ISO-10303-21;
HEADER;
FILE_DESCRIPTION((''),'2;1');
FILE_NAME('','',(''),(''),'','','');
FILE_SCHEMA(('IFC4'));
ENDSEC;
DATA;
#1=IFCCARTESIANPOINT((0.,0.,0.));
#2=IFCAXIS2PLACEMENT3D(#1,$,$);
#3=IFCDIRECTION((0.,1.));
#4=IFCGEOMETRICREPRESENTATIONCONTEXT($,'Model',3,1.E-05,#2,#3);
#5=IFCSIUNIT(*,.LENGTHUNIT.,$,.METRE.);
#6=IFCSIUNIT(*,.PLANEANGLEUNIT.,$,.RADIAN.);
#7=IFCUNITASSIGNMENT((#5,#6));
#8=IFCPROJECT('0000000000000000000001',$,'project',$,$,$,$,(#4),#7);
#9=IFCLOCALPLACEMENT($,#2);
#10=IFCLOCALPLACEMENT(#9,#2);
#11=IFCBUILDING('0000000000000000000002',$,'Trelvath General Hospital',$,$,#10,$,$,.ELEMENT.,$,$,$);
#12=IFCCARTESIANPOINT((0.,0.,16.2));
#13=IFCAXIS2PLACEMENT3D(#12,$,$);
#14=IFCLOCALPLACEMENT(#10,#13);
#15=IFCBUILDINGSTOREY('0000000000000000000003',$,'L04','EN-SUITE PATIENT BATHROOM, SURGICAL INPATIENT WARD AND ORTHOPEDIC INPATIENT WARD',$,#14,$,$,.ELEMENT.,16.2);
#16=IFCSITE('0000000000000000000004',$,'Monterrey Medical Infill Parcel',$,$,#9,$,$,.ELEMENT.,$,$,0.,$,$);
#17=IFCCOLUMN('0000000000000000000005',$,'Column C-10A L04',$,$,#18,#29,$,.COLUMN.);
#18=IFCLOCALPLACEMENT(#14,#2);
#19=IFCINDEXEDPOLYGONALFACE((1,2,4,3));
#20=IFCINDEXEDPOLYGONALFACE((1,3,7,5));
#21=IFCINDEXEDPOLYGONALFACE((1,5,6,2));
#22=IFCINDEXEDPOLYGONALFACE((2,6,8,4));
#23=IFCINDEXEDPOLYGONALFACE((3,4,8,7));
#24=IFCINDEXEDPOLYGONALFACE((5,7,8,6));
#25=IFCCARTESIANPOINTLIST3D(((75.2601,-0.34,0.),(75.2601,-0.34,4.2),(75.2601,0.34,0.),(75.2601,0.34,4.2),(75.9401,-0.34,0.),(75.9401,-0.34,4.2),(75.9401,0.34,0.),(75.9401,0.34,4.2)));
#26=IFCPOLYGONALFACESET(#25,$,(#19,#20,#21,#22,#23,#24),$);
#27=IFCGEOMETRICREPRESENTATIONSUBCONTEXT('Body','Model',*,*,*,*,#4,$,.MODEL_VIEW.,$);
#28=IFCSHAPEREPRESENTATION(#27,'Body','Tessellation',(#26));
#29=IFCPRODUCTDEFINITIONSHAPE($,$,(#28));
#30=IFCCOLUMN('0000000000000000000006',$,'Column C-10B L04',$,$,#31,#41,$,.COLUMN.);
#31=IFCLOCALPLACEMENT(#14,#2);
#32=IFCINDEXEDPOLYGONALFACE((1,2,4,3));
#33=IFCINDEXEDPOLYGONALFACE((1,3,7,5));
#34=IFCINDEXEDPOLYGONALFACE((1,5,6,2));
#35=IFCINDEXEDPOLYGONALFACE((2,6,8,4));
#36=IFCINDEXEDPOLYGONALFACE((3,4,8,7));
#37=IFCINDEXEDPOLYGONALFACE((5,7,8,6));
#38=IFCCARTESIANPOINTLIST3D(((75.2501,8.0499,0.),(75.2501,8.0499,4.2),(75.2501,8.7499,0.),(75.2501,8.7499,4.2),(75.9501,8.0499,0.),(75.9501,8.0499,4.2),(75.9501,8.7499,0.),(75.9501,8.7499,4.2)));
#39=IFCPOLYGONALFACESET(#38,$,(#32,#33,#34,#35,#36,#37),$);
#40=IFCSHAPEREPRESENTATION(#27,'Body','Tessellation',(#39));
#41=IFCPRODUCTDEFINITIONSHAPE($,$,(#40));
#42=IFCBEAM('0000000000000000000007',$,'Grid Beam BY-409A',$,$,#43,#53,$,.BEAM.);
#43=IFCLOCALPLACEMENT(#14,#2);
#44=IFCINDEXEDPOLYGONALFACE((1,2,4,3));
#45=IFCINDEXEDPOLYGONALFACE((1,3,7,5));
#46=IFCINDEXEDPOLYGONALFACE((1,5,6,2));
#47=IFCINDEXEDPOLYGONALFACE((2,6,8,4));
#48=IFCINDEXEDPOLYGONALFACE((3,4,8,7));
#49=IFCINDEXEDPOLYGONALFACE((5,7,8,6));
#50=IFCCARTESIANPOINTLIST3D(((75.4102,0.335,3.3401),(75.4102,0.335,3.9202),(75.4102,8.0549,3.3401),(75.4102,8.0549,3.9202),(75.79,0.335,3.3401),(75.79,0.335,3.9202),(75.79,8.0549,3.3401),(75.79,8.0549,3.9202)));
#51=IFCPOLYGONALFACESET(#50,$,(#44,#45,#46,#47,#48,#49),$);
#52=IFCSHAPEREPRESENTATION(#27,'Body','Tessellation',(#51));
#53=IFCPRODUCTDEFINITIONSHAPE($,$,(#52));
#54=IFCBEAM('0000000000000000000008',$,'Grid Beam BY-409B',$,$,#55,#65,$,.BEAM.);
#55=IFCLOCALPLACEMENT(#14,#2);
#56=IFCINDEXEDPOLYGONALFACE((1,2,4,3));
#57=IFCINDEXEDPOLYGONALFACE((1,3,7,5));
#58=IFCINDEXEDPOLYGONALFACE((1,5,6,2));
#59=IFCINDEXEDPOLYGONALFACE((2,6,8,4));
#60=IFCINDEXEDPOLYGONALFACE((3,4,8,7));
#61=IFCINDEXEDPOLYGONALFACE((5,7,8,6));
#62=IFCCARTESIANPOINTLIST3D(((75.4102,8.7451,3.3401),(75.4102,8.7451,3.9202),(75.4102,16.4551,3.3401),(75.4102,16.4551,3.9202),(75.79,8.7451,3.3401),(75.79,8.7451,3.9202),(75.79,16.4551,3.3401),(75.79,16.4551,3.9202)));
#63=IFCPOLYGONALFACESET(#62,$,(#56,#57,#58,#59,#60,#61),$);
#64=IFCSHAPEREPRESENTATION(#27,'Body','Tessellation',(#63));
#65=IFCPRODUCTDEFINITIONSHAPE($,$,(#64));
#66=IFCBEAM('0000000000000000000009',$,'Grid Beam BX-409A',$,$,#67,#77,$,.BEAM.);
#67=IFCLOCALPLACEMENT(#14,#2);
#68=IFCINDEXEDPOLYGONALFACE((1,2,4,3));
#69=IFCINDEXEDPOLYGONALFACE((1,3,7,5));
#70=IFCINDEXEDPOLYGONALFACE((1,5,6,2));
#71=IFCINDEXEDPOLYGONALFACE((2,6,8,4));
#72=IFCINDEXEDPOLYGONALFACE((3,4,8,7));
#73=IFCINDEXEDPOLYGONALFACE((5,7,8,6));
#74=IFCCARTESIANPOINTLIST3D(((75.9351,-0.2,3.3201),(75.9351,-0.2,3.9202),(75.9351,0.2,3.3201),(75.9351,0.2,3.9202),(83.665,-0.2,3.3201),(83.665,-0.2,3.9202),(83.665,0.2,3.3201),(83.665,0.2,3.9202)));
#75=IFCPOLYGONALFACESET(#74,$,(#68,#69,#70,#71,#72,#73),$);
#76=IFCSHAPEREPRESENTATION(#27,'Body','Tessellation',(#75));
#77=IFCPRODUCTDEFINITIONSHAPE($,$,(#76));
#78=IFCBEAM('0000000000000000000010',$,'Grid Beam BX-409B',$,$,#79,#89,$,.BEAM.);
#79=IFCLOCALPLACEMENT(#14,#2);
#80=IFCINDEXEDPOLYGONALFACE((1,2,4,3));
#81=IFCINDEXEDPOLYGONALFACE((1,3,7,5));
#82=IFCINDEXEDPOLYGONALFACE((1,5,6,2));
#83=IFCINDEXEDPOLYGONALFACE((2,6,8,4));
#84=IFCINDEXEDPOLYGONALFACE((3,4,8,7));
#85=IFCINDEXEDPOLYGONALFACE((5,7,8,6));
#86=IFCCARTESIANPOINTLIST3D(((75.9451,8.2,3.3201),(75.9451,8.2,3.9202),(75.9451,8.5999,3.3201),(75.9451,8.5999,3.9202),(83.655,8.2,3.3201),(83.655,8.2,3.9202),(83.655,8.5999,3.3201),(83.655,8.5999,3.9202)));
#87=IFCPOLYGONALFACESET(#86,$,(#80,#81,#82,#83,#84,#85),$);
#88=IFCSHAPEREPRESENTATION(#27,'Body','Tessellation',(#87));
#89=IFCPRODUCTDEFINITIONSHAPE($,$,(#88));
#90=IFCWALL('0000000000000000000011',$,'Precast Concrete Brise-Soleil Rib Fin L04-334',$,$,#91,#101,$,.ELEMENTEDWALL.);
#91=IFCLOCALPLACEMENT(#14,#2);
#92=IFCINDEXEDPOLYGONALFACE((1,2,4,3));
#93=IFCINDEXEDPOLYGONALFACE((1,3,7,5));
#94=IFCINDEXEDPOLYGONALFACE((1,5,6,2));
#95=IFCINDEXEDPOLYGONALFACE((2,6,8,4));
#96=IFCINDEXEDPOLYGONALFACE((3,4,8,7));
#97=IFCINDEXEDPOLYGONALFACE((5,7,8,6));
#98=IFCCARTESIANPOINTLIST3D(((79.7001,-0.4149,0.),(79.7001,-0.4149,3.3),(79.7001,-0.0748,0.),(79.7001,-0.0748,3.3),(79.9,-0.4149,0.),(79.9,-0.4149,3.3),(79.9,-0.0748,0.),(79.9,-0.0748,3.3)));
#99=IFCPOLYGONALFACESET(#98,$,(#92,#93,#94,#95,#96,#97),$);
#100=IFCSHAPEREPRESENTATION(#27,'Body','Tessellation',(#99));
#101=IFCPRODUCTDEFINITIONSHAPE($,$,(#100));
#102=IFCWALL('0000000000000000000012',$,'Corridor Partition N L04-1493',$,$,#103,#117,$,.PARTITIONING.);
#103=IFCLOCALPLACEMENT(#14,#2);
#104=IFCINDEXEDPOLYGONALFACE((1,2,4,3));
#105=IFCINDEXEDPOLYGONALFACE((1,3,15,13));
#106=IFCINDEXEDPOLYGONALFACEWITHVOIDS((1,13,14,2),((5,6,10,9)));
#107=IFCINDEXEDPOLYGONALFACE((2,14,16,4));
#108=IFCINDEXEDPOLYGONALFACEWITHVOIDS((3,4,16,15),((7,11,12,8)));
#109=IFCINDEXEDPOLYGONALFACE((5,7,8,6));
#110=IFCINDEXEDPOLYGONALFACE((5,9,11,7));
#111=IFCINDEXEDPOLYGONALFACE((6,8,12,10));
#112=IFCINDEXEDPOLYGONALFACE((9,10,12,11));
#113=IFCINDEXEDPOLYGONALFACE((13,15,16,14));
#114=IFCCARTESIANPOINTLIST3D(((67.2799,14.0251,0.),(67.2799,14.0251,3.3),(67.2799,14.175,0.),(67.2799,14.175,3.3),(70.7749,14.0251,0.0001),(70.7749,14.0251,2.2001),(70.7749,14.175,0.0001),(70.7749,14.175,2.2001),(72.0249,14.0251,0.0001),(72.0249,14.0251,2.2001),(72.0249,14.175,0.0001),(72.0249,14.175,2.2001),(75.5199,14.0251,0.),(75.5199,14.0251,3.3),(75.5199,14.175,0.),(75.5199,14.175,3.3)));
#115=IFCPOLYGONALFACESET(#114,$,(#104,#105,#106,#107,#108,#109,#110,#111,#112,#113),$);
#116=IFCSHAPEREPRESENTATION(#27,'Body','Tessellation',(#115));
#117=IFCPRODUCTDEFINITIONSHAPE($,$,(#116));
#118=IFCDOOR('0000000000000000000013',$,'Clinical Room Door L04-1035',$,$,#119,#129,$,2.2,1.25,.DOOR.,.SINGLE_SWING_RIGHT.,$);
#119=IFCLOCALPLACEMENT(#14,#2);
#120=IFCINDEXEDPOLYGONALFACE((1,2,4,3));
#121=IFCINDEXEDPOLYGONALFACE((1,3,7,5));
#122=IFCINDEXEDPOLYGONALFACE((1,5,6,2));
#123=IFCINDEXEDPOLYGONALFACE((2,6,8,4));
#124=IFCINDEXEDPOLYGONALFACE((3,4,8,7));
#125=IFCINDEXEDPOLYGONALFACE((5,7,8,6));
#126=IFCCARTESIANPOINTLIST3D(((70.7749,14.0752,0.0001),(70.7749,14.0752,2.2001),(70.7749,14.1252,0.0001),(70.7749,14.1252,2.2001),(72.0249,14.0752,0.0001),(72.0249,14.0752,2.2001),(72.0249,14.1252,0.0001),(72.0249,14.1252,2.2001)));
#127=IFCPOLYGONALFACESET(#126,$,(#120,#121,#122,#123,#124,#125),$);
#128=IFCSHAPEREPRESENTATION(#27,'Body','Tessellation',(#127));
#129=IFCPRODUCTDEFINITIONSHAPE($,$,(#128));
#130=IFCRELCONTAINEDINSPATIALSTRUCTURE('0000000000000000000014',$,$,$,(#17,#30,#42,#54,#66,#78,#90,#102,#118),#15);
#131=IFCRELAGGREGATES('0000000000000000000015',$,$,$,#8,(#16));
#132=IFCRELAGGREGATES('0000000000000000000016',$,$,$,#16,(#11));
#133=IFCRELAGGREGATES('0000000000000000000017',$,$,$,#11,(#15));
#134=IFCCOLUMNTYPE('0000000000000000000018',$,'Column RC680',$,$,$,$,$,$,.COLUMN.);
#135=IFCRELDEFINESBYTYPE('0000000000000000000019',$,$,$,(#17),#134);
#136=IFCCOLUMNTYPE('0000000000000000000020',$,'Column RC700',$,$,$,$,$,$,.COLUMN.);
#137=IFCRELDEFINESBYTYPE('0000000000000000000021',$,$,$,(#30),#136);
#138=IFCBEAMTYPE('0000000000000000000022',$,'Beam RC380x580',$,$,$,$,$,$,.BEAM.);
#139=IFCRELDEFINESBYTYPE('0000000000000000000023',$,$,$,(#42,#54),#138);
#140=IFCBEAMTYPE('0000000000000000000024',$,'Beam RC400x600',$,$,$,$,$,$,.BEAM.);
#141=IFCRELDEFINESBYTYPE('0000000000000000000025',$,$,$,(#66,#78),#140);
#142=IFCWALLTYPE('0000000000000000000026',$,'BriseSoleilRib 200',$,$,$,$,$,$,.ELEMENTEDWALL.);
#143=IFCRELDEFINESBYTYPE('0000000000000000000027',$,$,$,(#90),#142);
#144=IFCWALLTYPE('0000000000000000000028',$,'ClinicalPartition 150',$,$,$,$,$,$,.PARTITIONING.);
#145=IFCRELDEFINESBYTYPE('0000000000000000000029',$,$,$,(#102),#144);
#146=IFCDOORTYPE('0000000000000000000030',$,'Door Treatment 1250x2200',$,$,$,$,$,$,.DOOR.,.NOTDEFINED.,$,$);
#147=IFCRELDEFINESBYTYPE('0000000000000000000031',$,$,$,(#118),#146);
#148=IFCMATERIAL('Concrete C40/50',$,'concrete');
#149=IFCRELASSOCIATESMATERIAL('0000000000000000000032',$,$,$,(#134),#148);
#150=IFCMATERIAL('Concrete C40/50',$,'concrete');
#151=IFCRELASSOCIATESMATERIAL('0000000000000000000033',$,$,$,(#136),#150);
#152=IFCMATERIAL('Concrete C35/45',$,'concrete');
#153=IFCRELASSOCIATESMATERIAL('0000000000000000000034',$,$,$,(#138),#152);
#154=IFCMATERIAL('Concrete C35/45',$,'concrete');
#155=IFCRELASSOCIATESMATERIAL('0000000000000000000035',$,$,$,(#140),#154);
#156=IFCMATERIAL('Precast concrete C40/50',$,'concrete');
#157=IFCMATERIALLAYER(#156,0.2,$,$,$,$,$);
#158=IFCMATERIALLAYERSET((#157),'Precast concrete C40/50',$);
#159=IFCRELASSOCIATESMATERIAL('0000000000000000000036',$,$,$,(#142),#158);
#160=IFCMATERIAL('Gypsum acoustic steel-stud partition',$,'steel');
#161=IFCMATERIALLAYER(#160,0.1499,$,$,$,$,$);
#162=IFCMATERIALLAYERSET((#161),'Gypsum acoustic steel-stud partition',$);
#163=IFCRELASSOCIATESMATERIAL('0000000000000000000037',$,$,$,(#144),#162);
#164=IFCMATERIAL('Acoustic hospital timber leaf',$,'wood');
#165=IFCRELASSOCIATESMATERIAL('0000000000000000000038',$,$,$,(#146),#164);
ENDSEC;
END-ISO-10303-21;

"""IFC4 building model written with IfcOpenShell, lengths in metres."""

from ifc_helpers import new_model, si_unit, direction, frame, frame_2d, origin, origin_2d, place, context, subcontext, project, spatial, rectangle, extrude, material, layer, layer_set, material_profile, profile_set, type_object, element, fill, save


model = new_model("IFC4")

# Units and contexts
model_context = context("Model", 3, precision=1e-05, world=origin(), true_north=direction((0.0, 1.0)))
body_context = subcontext(model_context, "Body", "Model", "MODEL_VIEW")
ifc_project = project(units=[si_unit("LENGTHUNIT", "METRE"), si_unit("PLANEANGLEUNIT", "RADIAN")], contexts=[model_context])

# Site, building, storey
site_placement = place(None, origin())
site = spatial("IfcSite", under=ifc_project, at=site_placement, Name="Monterrey Medical Infill Parcel", CompositionType="ELEMENT", RefElevation=0.0)
building_placement = place(site_placement, origin())
building = spatial("IfcBuilding", under=site, at=building_placement, Name="Trelvath General Hospital", CompositionType="ELEMENT")
storey_placement = place(building_placement, frame((0.0, 0.0, 16.2)))
storey = spatial("IfcBuildingStorey", under=building, at=storey_placement, Name="L04", Description="EN-SUITE PATIENT BATHROOM, SURGICAL INPATIENT WARD AND ORTHOPEDIC INPATIENT WARD", CompositionType="ELEMENT", Elevation=16.2)

# Columns
ifc_material_1 = material(Name="Concrete C40/50", Category="concrete")
ifc_material_profile_1 = material_profile(ifc_material_1, rectangle(XDim=0.6799, YDim=0.6799, at=origin_2d()), Name="RC680x680")
ifc_profile_set_1 = profile_set([ifc_material_profile_1], Name="Concrete C40/50")
column_type_1 = type_object("IfcColumnType", Name="Column RC680", PredefinedType="COLUMN", material=ifc_profile_set_1)
column_1_placement = place(storey_placement, frame((75.6001, 0.0, 0.0), z_axis=(0.0, 0.0, 1.0), x_axis=(1.0, 0.0, 0.0)))
element("IfcColumn", 1, at=column_1_placement, inside=storey, type_object=column_type_1, Name="Column C-10A L04", PredefinedType="COLUMN", context=body_context, shape_type="SweptSolid", body=[
    extrude(rectangle(XDim=0.6799, YDim=0.6799, at=origin_2d()), origin(), (0.0, 0.0, 1.0), 4.2),
])
ifc_material_2 = material(Name="Concrete C40/50", Category="concrete")
ifc_material_profile_2 = material_profile(ifc_material_2, rectangle(XDim=0.7, YDim=0.7, at=origin_2d()), Name="RC700x700")
ifc_profile_set_2 = profile_set([ifc_material_profile_2], Name="Concrete C40/50")
column_type_2 = type_object("IfcColumnType", Name="Column RC700", PredefinedType="COLUMN", material=ifc_profile_set_2)
column_2_placement = place(storey_placement, frame((75.6001, 8.3999, 0.0), z_axis=(0.0, 0.0, 1.0), x_axis=(1.0, 0.0, 0.0)))
element("IfcColumn", 2, at=column_2_placement, inside=storey, type_object=column_type_2, Name="Column C-10B L04", PredefinedType="COLUMN", context=body_context, shape_type="SweptSolid", body=[
    extrude(rectangle(XDim=0.7, YDim=0.7, at=origin_2d()), origin(), (0.0, 0.0, 1.0), 4.2),
])

# Beams
ifc_material_3 = material(Name="Concrete C35/45", Category="concrete")
ifc_material_profile_3 = material_profile(ifc_material_3, rectangle(XDim=0.3799, YDim=0.5801, at=origin_2d()), Name="RCB380x580")
ifc_profile_set_3 = profile_set([ifc_material_profile_3], Name="Concrete C35/45")
beam_type_1 = type_object("IfcBeamType", Name="Beam RC380x580", PredefinedType="BEAM", material=ifc_profile_set_3)
beam_1_placement = place(storey_placement, frame((75.6001, 0.335, 3.6301), z_axis=(0.0, 1.0, 0.0), x_axis=(-1.0, 0.0, 0.0)))
element("IfcBeam", 3, at=beam_1_placement, inside=storey, type_object=beam_type_1, Name="Grid Beam BY-409A", PredefinedType="BEAM", context=body_context, shape_type="SweptSolid", body=[
    extrude(rectangle(XDim=0.3799, YDim=0.5801, at=origin_2d()), origin(), (0.0, 0.0, 1.0), 7.72),
])
beam_2_placement = place(storey_placement, frame((75.6001, 8.7451, 3.6301), z_axis=(0.0, 1.0, 0.0), x_axis=(-1.0, 0.0, 0.0)))
element("IfcBeam", 4, at=beam_2_placement, inside=storey, type_object=beam_type_1, Name="Grid Beam BY-409B", PredefinedType="BEAM", context=body_context, shape_type="SweptSolid", body=[
    extrude(rectangle(XDim=0.3799, YDim=0.5801, at=origin_2d()), origin(), (0.0, 0.0, 1.0), 7.71),
])
ifc_material_4 = material(Name="Concrete C35/45", Category="concrete")
ifc_material_profile_4 = material_profile(ifc_material_4, rectangle(XDim=0.3999, YDim=0.6001, at=origin_2d()), Name="RCB400x600")
ifc_profile_set_4 = profile_set([ifc_material_profile_4], Name="Concrete C35/45")
beam_type_2 = type_object("IfcBeamType", Name="Beam RC400x600", PredefinedType="BEAM", material=ifc_profile_set_4)
beam_3_placement = place(storey_placement, frame((75.9351, 0.0, 3.6201), z_axis=(1.0, 0.0, 0.0), x_axis=(0.0, 1.0, 0.0)))
element("IfcBeam", 5, at=beam_3_placement, inside=storey, type_object=beam_type_2, Name="Grid Beam BX-409A", PredefinedType="BEAM", context=body_context, shape_type="SweptSolid", body=[
    extrude(rectangle(XDim=0.3999, YDim=0.6001, at=origin_2d()), origin(), (0.0, 0.0, 1.0), 7.73),
])
beam_4_placement = place(storey_placement, frame((75.9451, 8.3999, 3.6201), z_axis=(1.0, 0.0, 0.0), x_axis=(0.0, 1.0, 0.0)))
element("IfcBeam", 6, at=beam_4_placement, inside=storey, type_object=beam_type_2, Name="Grid Beam BX-409B", PredefinedType="BEAM", context=body_context, shape_type="SweptSolid", body=[
    extrude(rectangle(XDim=0.3999, YDim=0.6001, at=origin_2d()), origin(), (0.0, 0.0, 1.0), 7.71),
])

# Wall
ifc_material_5 = material(Name="Precast concrete C40/50", Category="concrete")
ifc_layer_1 = layer(ifc_material_5, 0.2)
ifc_layer_set_1 = layer_set([ifc_layer_1], Name="Precast concrete C40/50")
wall_type_1 = type_object("IfcWallType", Name="BriseSoleilRib 200", PredefinedType="ELEMENTEDWALL", material=ifc_layer_set_1)
wall_1_placement = place(storey_placement, frame((79.8, -0.075, 0.0), z_axis=(0.0, 0.0, 1.0), x_axis=(0.0, -1.0, 0.0)))
element("IfcWall", 7, at=wall_1_placement, inside=storey, type_object=wall_type_1, Name="Precast Concrete Brise-Soleil Rib Fin L04-334", PredefinedType="ELEMENTEDWALL", context=body_context, shape_type="SweptSolid", body=[
    extrude(rectangle(XDim=0.3401, YDim=0.2, at=frame_2d((0.1699, 0.0))), origin(), (0.0, 0.0, 1.0), 3.3),
])

# Wall, opening, door
ifc_material_6 = material(Name="Gypsum acoustic steel-stud partition", Category="steel")
ifc_layer_2 = layer(ifc_material_6, 0.1499)
ifc_layer_set_2 = layer_set([ifc_layer_2], Name="Gypsum acoustic steel-stud partition")
wall_type_2 = type_object("IfcWallType", Name="ClinicalPartition 150", PredefinedType="PARTITIONING", material=ifc_layer_set_2)
wall_2_placement = place(storey_placement, frame((75.52, 14.1001, 0.0), z_axis=(0.0, 0.0, 1.0), x_axis=(-1.0, 0.0, 0.0)))
wall_2 = element("IfcWall", 8, at=wall_2_placement, inside=storey, type_object=wall_type_2, Name="Corridor Partition N L04-1493", PredefinedType="PARTITIONING", context=body_context, shape_type="SweptSolid", body=[
    extrude(rectangle(XDim=8.24, YDim=0.1499, at=frame_2d((4.1201, 0.0))), origin(), (0.0, 0.0, 1.0), 3.3),
])
opening_1_placement = place(wall_2_placement, frame((3.4951, 0.0, 0.0)))
opening_1 = element("IfcOpeningElement", 9, at=opening_1_placement, cuts=wall_2, PredefinedType="OPENING", context=body_context, shape_type="SweptSolid", body=[
    extrude(rectangle(XDim=1.25, YDim=2.2, at=frame_2d((0.625, 1.1001))), frame((0.0, 0.085, 0.0), z_axis=(0.0, -1.0, 0.0), x_axis=(1.0, 0.0, 0.0)), (0.0, 0.0, 1.0), 0.1699),
])
ifc_material_7 = material(Name="Acoustic hospital timber leaf", Category="wood")
door_type_1 = type_object("IfcDoorType", Name="Door Treatment 1250x2200", OperationType="NOTDEFINED", PredefinedType="DOOR", material=ifc_material_7)
door_1_placement = place(opening_1_placement, origin())
door_1 = element("IfcDoor", 10, at=door_1_placement, inside=storey, type_object=door_type_1, Name="Clinical Room Door L04-1035", OperationType="SINGLE_SWING_RIGHT", OverallHeight=2.2, OverallWidth=1.25, PredefinedType="DOOR", context=body_context, shape_type="SweptSolid", body=[
    extrude(rectangle(XDim=1.25, YDim=2.2, at=frame_2d((0.625, 1.1001))), frame((0.0, 0.0249, 0.0), z_axis=(0.0, -1.0, 0.0), x_axis=(1.0, 0.0, 0.0)), (0.0, 0.0, 1.0), 0.05),
])
fill(opening_1, door_1)

save(model, "model.ifc")
